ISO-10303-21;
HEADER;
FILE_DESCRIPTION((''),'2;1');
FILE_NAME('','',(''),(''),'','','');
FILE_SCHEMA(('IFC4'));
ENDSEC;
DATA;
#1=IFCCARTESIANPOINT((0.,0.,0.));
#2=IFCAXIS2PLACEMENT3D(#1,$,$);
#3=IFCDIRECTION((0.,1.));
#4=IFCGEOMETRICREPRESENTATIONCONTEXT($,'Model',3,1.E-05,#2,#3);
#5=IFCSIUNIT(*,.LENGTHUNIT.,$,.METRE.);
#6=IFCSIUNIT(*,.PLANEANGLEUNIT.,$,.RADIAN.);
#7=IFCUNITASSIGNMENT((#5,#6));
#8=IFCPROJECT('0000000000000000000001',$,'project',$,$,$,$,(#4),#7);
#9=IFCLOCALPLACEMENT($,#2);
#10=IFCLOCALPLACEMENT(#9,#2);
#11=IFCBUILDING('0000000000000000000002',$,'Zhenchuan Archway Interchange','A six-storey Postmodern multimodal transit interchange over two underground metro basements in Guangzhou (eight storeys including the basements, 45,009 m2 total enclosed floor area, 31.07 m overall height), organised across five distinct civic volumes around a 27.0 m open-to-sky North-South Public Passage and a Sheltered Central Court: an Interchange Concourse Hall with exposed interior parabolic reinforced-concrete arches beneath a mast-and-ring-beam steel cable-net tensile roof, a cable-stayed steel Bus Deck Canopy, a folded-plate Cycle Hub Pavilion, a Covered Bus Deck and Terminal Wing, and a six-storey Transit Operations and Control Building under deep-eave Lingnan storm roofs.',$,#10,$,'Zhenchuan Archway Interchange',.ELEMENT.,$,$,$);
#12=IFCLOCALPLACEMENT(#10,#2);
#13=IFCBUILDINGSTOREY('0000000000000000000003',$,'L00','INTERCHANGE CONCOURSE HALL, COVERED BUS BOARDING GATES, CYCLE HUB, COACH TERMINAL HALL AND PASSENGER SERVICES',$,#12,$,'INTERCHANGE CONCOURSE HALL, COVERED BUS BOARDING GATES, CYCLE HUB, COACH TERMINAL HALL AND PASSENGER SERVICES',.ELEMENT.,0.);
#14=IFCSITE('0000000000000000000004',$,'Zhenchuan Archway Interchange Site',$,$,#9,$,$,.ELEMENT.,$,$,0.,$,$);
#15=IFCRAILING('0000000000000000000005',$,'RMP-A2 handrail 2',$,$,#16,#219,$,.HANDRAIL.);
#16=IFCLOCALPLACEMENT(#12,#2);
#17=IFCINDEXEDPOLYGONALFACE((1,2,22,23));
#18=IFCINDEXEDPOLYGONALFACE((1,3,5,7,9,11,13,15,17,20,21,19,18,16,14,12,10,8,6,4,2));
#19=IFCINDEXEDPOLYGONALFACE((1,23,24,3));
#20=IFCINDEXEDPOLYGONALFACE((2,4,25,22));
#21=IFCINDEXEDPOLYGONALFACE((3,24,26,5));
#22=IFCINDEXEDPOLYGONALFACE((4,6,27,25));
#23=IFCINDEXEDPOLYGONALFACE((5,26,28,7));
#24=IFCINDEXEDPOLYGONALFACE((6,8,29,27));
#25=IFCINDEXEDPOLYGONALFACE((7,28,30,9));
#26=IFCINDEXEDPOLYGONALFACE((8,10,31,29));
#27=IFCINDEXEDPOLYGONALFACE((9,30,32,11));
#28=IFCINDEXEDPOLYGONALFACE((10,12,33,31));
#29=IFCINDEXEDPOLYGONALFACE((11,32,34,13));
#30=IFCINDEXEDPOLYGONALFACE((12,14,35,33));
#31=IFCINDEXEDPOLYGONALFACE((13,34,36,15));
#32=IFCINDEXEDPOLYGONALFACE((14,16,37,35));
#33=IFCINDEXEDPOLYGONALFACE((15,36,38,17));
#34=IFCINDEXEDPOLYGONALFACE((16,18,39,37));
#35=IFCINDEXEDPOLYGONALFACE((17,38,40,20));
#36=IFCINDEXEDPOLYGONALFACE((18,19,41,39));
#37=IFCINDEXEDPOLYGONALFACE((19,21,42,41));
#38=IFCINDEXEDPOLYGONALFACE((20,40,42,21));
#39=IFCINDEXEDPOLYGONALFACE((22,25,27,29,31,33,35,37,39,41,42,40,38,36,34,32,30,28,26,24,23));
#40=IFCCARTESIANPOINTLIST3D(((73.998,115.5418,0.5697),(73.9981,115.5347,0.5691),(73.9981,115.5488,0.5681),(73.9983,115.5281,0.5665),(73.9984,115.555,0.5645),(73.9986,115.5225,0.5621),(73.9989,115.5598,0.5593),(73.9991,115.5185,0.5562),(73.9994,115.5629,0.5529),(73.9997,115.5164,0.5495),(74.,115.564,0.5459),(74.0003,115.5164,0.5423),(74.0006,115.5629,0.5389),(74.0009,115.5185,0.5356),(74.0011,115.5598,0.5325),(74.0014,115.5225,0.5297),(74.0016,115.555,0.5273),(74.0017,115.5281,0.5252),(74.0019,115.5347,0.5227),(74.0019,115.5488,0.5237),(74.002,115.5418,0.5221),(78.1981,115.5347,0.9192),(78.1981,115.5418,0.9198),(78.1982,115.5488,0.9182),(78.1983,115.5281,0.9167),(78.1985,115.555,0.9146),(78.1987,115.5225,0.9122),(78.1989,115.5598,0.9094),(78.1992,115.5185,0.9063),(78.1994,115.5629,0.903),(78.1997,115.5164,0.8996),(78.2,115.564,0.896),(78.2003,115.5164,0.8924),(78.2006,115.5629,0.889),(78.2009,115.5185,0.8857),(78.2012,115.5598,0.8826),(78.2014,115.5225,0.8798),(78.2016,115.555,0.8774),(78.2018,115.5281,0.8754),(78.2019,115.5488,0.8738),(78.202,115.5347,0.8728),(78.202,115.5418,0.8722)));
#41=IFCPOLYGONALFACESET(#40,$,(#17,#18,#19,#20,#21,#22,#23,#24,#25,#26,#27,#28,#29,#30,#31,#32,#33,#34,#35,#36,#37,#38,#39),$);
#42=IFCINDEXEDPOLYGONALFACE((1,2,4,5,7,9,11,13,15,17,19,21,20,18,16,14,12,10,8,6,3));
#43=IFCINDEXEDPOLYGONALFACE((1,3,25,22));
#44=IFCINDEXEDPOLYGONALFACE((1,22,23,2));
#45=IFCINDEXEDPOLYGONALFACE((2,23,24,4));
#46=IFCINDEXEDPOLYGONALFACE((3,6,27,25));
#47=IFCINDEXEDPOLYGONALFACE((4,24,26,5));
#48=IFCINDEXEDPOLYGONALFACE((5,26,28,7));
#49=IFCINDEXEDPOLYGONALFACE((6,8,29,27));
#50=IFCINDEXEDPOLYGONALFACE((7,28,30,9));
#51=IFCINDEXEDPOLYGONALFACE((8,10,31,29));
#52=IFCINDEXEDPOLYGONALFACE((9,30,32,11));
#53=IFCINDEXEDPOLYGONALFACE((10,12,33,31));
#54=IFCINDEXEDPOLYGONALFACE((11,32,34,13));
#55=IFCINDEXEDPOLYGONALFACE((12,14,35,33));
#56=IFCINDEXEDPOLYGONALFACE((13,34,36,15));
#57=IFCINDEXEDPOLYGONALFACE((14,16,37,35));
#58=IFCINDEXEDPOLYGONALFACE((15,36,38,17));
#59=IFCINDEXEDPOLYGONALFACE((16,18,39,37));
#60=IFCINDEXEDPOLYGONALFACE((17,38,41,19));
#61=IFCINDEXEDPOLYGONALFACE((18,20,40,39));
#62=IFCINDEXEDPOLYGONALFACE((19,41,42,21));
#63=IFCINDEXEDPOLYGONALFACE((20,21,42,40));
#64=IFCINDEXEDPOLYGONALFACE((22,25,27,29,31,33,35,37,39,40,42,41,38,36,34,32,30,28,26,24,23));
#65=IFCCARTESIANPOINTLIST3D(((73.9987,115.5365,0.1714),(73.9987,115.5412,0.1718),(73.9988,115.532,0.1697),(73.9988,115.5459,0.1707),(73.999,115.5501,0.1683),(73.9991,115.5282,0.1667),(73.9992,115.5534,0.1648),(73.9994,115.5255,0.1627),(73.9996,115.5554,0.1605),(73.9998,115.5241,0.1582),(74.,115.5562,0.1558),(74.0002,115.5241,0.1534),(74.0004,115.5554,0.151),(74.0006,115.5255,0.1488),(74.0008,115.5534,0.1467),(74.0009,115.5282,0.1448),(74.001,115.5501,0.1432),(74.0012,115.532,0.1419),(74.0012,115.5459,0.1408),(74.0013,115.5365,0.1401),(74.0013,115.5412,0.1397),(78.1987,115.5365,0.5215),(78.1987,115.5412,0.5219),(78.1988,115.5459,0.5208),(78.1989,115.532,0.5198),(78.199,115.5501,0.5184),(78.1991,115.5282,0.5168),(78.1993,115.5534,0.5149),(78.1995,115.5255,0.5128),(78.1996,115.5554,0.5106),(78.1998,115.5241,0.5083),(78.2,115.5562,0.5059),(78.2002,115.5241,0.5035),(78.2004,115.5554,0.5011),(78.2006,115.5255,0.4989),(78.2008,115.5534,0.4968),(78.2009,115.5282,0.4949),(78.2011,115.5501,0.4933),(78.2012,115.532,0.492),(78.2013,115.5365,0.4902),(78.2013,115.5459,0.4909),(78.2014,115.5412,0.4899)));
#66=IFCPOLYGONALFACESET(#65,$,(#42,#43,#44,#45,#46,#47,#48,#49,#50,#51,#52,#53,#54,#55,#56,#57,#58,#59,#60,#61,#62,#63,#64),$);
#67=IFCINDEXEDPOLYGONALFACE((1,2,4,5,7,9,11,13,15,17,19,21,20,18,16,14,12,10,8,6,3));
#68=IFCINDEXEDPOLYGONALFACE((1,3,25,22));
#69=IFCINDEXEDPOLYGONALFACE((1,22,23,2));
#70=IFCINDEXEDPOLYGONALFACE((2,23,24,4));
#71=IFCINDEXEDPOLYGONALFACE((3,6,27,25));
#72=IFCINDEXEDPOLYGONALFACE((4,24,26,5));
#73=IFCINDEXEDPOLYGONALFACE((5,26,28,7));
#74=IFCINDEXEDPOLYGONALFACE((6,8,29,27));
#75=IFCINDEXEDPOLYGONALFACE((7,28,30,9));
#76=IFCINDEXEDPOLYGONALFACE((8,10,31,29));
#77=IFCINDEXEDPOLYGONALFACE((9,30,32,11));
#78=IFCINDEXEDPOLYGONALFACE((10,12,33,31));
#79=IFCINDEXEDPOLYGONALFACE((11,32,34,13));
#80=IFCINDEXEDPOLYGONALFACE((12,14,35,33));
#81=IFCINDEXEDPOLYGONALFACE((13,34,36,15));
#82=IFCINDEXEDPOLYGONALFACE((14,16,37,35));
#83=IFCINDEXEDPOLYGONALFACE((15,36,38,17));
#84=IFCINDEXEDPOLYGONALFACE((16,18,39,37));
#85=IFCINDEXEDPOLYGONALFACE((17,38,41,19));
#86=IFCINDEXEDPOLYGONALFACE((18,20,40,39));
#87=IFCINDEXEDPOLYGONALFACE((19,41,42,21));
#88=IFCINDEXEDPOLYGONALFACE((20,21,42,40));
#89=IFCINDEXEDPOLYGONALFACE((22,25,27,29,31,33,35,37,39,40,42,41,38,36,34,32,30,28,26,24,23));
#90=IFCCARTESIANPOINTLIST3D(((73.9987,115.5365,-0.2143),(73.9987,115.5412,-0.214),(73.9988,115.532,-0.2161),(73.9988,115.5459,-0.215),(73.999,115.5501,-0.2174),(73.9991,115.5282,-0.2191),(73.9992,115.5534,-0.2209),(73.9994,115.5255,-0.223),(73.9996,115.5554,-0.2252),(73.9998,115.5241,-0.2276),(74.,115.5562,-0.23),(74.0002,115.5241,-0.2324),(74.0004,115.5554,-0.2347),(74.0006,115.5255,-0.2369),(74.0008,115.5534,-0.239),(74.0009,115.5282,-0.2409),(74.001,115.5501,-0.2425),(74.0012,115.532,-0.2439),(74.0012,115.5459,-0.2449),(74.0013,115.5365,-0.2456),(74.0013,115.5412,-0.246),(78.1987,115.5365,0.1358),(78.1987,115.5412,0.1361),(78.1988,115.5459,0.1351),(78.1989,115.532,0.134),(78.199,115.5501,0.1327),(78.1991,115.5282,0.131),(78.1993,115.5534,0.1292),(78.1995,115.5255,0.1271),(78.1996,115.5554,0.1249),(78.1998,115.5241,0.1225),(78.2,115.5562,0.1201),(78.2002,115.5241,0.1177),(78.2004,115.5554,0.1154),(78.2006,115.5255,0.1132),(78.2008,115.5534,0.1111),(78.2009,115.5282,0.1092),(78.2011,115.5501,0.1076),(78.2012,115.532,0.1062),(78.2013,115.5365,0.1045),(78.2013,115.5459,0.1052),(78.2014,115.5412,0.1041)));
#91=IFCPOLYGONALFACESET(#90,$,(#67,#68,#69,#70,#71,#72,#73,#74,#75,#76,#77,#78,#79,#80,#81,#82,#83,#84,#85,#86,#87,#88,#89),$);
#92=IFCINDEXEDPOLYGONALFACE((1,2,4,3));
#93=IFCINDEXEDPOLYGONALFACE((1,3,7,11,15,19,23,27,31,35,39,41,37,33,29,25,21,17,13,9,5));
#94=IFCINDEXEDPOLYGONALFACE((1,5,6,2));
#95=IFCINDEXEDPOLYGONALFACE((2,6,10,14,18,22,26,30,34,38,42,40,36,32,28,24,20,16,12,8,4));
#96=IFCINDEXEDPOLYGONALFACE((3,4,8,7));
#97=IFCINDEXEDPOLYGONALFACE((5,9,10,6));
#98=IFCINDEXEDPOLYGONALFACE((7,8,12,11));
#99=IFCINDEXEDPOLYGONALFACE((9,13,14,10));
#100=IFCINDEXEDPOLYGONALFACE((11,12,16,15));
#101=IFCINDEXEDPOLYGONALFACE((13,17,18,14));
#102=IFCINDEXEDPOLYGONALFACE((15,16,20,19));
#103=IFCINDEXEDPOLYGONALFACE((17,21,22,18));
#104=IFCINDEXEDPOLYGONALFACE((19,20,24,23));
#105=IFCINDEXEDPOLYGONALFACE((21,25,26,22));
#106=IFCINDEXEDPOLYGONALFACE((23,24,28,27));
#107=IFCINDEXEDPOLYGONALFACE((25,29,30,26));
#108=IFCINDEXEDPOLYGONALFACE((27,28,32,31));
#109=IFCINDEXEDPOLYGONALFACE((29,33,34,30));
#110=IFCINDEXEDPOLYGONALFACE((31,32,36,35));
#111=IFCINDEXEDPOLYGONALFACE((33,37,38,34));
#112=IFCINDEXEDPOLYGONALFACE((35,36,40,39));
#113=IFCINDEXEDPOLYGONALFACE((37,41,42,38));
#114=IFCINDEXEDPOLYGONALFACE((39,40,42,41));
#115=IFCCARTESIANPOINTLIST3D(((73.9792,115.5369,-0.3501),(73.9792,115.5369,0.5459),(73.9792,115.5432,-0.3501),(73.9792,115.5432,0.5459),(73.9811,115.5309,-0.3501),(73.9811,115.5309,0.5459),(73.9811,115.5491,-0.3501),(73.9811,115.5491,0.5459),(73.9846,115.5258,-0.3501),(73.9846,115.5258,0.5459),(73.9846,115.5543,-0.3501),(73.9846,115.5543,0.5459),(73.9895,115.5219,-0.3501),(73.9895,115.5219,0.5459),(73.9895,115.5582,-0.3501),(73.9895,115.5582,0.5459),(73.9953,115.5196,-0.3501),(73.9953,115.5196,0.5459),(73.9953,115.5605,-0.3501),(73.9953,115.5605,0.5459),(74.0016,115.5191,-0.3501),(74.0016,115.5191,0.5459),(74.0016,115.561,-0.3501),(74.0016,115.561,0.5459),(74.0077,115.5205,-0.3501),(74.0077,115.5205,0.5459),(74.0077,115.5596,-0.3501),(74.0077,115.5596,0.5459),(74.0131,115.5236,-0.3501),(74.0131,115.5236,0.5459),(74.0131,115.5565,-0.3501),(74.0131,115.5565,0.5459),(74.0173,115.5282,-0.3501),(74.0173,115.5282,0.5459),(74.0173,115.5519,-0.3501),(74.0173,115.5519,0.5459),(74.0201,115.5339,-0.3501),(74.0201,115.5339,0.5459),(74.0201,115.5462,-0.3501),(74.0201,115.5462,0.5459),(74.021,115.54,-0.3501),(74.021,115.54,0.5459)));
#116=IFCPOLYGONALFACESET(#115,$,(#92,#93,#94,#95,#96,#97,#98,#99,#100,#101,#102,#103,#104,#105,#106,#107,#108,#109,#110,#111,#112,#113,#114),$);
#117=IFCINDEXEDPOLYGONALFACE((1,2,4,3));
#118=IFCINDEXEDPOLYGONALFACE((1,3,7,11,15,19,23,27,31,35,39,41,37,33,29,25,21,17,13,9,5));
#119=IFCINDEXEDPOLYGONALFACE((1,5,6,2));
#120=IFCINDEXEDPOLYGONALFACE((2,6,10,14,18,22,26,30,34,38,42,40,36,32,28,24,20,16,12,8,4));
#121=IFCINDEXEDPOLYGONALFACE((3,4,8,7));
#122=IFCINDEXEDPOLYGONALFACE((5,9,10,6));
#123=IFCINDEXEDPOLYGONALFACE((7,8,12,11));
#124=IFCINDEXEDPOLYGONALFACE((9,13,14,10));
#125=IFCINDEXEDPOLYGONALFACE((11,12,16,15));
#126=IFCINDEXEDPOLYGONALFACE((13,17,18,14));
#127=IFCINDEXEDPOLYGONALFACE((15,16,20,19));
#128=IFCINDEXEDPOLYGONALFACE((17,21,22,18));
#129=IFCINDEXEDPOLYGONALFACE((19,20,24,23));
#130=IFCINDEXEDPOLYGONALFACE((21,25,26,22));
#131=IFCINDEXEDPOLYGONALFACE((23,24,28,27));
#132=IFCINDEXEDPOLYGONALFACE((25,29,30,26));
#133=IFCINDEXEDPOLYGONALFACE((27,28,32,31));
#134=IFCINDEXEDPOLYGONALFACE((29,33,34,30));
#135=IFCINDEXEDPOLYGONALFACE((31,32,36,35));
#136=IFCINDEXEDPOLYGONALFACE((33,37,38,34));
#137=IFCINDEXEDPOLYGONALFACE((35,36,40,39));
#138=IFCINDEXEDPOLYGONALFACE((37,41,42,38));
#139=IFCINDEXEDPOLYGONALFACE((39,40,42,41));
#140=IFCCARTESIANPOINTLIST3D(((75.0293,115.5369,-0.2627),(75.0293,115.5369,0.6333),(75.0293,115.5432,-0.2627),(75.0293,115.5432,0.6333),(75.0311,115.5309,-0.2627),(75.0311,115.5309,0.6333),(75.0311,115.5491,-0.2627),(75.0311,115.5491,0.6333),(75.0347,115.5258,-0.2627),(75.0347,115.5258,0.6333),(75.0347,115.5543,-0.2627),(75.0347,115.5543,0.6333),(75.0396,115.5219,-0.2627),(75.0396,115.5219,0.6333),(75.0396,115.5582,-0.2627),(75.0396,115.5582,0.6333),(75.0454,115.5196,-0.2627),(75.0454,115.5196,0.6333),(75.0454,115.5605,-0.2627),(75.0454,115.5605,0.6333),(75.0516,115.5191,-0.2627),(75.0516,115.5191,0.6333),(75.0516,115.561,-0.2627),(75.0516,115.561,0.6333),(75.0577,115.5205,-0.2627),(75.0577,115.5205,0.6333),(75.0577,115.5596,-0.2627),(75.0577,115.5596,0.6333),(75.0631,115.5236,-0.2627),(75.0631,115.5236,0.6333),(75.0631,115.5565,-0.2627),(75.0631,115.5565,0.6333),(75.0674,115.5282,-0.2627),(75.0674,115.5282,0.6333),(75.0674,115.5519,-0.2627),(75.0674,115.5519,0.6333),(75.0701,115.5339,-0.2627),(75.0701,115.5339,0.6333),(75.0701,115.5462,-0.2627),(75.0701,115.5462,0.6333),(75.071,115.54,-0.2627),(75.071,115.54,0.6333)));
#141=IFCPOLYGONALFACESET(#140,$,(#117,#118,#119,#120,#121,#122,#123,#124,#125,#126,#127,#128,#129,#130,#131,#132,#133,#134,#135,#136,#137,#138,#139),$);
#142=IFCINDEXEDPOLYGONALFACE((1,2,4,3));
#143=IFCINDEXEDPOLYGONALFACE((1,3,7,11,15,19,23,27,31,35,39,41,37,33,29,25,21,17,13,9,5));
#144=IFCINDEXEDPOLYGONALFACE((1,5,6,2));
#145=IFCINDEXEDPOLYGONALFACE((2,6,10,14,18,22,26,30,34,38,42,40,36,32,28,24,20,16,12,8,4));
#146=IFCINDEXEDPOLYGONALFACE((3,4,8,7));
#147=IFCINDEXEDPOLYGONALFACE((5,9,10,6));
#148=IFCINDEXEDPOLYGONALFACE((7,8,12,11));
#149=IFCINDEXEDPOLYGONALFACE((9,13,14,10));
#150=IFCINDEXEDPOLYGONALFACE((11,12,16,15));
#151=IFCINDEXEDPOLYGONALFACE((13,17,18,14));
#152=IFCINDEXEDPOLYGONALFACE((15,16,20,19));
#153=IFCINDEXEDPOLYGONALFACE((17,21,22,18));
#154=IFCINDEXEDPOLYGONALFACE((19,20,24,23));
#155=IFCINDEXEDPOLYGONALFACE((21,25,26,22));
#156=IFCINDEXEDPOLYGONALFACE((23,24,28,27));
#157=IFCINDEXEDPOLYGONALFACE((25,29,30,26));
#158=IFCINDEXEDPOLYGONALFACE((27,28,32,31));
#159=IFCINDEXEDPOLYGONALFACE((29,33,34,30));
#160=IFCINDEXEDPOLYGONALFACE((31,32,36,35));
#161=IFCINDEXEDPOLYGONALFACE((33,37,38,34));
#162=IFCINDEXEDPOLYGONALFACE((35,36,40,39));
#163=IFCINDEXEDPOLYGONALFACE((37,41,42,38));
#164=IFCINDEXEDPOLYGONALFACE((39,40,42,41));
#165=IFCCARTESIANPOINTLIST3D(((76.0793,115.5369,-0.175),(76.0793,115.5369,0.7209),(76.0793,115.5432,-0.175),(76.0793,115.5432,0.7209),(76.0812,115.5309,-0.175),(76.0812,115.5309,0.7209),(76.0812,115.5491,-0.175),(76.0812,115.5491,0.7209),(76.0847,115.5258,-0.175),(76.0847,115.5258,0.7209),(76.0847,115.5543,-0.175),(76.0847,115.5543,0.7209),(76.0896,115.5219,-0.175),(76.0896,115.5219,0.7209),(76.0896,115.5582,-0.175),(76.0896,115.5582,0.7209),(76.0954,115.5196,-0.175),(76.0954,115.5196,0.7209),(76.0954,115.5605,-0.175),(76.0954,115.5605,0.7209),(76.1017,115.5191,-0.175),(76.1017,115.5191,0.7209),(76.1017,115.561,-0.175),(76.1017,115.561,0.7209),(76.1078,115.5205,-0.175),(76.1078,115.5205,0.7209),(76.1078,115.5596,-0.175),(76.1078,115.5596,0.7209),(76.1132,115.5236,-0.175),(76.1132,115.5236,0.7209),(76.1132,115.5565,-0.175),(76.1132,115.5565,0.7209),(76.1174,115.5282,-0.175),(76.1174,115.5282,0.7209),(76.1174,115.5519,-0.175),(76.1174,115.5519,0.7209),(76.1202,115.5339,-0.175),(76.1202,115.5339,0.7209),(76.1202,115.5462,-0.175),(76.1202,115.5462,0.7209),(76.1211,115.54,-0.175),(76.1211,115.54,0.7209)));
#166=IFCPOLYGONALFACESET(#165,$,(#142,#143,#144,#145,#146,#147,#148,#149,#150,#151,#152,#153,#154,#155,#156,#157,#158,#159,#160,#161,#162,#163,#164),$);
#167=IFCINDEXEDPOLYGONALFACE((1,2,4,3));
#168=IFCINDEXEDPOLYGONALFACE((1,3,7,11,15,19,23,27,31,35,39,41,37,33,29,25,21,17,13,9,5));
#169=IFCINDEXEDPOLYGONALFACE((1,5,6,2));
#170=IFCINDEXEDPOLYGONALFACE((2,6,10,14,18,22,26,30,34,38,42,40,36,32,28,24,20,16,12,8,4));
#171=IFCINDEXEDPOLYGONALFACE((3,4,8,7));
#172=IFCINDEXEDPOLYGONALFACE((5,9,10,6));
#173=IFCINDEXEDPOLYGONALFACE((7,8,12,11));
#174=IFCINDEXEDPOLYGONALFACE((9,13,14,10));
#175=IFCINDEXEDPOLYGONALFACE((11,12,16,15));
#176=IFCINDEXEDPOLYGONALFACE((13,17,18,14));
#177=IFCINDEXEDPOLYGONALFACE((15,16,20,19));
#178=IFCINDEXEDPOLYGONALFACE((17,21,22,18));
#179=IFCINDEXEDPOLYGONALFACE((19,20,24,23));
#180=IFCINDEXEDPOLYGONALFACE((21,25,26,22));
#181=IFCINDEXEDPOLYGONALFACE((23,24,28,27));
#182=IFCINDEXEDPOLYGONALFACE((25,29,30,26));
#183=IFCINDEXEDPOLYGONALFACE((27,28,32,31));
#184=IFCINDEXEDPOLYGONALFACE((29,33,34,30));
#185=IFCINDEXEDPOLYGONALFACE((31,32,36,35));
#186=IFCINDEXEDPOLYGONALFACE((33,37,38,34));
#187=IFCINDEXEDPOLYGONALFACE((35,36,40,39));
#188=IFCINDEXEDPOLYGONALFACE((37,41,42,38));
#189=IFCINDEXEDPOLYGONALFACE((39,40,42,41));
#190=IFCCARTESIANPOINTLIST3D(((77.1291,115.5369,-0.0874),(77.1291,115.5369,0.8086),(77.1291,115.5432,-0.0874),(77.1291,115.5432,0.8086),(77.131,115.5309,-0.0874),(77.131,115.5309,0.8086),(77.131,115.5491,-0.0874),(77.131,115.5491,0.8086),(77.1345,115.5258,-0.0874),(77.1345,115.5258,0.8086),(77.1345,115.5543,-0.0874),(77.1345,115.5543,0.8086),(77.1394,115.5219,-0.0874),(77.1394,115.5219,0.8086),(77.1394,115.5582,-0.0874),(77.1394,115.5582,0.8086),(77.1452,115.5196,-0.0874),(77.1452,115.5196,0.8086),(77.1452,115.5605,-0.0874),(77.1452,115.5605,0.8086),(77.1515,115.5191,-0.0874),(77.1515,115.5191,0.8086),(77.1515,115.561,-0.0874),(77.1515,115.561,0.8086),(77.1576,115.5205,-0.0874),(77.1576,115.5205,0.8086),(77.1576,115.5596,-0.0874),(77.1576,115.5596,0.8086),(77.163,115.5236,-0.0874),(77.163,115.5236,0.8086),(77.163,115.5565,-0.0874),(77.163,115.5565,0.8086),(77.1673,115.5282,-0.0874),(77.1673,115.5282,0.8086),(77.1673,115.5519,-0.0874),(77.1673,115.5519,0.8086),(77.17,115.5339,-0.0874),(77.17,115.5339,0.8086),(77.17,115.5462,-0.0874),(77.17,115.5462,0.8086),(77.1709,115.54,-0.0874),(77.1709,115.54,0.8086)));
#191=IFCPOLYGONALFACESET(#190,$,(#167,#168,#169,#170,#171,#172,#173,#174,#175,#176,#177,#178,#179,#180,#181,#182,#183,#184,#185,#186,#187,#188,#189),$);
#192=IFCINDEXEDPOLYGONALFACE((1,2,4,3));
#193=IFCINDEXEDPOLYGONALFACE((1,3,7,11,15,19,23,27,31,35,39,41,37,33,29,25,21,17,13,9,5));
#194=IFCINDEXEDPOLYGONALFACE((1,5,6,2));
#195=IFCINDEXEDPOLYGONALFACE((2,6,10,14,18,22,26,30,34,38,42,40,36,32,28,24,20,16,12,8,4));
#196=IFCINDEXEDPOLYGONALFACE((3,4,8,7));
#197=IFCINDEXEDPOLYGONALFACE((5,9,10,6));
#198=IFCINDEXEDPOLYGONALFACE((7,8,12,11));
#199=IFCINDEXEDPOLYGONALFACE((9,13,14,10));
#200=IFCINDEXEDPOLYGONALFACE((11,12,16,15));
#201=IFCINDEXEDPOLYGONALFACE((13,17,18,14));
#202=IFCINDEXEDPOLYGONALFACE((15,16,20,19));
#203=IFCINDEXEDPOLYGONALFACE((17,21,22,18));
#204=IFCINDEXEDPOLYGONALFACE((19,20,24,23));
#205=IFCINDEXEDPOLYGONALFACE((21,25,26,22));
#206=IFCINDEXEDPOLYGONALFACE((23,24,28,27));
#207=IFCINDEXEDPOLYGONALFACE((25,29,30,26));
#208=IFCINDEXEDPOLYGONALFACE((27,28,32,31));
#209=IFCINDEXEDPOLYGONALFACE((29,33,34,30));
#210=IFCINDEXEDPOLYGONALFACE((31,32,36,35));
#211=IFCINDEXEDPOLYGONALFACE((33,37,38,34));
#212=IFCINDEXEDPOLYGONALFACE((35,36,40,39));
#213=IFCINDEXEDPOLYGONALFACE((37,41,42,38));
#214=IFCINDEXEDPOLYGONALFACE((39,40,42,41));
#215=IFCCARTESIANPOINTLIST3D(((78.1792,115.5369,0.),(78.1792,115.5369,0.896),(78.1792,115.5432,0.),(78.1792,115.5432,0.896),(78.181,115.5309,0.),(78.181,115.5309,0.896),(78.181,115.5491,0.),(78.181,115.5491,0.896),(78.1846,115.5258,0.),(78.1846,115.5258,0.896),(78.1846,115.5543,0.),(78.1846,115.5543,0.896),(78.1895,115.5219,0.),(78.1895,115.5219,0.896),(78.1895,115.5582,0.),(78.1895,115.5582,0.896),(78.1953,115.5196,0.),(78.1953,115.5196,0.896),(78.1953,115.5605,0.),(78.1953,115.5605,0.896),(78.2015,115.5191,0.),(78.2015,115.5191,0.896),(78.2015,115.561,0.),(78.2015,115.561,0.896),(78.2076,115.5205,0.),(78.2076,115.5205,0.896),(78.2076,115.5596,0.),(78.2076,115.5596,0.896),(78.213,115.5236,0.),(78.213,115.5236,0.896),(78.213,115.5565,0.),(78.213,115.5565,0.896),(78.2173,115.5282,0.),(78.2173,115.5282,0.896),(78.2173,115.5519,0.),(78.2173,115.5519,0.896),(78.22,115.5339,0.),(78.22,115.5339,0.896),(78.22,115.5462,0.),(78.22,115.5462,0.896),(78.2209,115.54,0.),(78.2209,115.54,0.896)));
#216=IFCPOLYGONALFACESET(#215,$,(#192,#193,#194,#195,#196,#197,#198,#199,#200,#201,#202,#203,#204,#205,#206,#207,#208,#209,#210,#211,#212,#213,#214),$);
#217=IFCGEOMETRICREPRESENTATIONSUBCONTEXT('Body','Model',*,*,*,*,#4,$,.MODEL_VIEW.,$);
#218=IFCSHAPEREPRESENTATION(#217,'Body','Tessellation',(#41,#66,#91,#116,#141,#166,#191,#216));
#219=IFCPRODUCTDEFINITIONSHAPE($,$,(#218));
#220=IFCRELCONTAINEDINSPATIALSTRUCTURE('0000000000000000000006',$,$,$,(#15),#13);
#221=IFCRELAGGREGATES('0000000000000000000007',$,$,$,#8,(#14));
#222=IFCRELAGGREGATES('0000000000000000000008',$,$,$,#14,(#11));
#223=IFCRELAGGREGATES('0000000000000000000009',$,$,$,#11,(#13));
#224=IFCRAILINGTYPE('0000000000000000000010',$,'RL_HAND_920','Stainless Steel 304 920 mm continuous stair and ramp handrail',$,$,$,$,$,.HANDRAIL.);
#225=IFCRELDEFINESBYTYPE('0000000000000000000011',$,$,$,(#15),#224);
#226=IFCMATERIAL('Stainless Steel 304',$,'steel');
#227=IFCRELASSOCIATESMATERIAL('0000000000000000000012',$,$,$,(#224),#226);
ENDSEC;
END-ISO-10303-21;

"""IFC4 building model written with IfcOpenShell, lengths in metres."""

from ifc_helpers import new_model, si_unit, direction, frame, origin, origin_2d, place, context, subcontext, project, spatial, circle, extrude, material, type_object, element, save


model = new_model("IFC4")

# Units and contexts
model_context = context("Model", 3, precision=1e-05, world=origin(), true_north=direction((0.0, 1.0)))
body_context = subcontext(model_context, "Body", "Model", "MODEL_VIEW")
ifc_project = project(units=[si_unit("LENGTHUNIT", "METRE"), si_unit("PLANEANGLEUNIT", "RADIAN")], contexts=[model_context])

# Site, building, storey
site_placement = place(None, origin())
site = spatial("IfcSite", under=ifc_project, at=site_placement, Name="Zhenchuan Archway Interchange Site", CompositionType="ELEMENT", RefElevation=0.0)
building_placement = place(site_placement, origin())
building = spatial("IfcBuilding", under=site, at=building_placement, Name="Zhenchuan Archway Interchange", Description="A six-storey Postmodern multimodal transit interchange over two underground metro basements in Guangzhou (eight storeys including the basements, 45,009 m2 total enclosed floor area, 31.07 m overall height), organised across five distinct civic volumes around a 27.0 m open-to-sky North-South Public Passage and a Sheltered Central Court: an Interchange Concourse Hall with exposed interior parabolic reinforced-concrete arches beneath a mast-and-ring-beam steel cable-net tensile roof, a cable-stayed steel Bus Deck Canopy, a folded-plate Cycle Hub Pavilion, a Covered Bus Deck and Terminal Wing, and a six-storey Transit Operations and Control Building under deep-eave Lingnan storm roofs.", LongName="Zhenchuan Archway Interchange", CompositionType="ELEMENT")
storey_placement = place(building_placement, origin())
storey = spatial("IfcBuildingStorey", under=building, at=storey_placement, Name="L00", Description="INTERCHANGE CONCOURSE HALL, COVERED BUS BOARDING GATES, CYCLE HUB, COACH TERMINAL HALL AND PASSENGER SERVICES", LongName="INTERCHANGE CONCOURSE HALL, COVERED BUS BOARDING GATES, CYCLE HUB, COACH TERMINAL HALL AND PASSENGER SERVICES", CompositionType="ELEMENT", Elevation=0.0)

# Railing
ifc_material_1 = material(Name="Stainless Steel 304", Category="steel")
railing_type = type_object("IfcRailingType", Name="RL_HAND_920", Description="Stainless Steel 304 920 mm continuous stair and ramp handrail", PredefinedType="HANDRAIL", material=ifc_material_1)
railing_placement = place(storey_placement, frame((74.0, 115.54, -0.3501)))
element("IfcRailing", 1, at=railing_placement, inside=storey, type_object=railing_type, Name="RMP-A2 handrail 2", PredefinedType="HANDRAIL", context=body_context, shape_type="SweptSolid", body=[
    extrude(circle(Radius=0.0239, at=origin_2d()), frame((0.0, 0.0, 0.896), z_axis=(0.996544, 0.0, 0.083069), x_axis=(0.0, 1.0, 0.0)), (0.0, 0.0, 1.0), 4.2146),
    extrude(circle(Radius=0.0161, at=origin_2d()), frame((0.0, 0.0, 0.5059), z_axis=(0.996544, 0.0, 0.083069), x_axis=(0.0, 1.0, 0.0)), (0.0, 0.0, 1.0), 4.2146),
    extrude(circle(Radius=0.0161, at=origin_2d()), frame((0.0, 0.0, 0.1201), z_axis=(0.996544, 0.0, 0.083069), x_axis=(0.0, 1.0, 0.0)), (0.0, 0.0, 1.0), 4.2146),
    extrude(circle(Radius=0.021, at=origin_2d()), origin(), (0.0, 0.0, 1.0), 0.896),
    extrude(circle(Radius=0.021, at=origin_2d()), frame((1.05, 0.0, 0.0874)), (0.0, 0.0, 1.0), 0.896),
    extrude(circle(Radius=0.021, at=origin_2d()), frame((2.1001, 0.0, 0.175)), (0.0, 0.0, 1.0), 0.896),
    extrude(circle(Radius=0.021, at=origin_2d()), frame((3.1499, 0.0, 0.2627)), (0.0, 0.0, 1.0), 0.896),
    extrude(circle(Radius=0.021, at=origin_2d()), frame((4.2, 0.0, 0.3501)), (0.0, 0.0, 1.0), 0.896),
])

save(model, "model.ifc")
